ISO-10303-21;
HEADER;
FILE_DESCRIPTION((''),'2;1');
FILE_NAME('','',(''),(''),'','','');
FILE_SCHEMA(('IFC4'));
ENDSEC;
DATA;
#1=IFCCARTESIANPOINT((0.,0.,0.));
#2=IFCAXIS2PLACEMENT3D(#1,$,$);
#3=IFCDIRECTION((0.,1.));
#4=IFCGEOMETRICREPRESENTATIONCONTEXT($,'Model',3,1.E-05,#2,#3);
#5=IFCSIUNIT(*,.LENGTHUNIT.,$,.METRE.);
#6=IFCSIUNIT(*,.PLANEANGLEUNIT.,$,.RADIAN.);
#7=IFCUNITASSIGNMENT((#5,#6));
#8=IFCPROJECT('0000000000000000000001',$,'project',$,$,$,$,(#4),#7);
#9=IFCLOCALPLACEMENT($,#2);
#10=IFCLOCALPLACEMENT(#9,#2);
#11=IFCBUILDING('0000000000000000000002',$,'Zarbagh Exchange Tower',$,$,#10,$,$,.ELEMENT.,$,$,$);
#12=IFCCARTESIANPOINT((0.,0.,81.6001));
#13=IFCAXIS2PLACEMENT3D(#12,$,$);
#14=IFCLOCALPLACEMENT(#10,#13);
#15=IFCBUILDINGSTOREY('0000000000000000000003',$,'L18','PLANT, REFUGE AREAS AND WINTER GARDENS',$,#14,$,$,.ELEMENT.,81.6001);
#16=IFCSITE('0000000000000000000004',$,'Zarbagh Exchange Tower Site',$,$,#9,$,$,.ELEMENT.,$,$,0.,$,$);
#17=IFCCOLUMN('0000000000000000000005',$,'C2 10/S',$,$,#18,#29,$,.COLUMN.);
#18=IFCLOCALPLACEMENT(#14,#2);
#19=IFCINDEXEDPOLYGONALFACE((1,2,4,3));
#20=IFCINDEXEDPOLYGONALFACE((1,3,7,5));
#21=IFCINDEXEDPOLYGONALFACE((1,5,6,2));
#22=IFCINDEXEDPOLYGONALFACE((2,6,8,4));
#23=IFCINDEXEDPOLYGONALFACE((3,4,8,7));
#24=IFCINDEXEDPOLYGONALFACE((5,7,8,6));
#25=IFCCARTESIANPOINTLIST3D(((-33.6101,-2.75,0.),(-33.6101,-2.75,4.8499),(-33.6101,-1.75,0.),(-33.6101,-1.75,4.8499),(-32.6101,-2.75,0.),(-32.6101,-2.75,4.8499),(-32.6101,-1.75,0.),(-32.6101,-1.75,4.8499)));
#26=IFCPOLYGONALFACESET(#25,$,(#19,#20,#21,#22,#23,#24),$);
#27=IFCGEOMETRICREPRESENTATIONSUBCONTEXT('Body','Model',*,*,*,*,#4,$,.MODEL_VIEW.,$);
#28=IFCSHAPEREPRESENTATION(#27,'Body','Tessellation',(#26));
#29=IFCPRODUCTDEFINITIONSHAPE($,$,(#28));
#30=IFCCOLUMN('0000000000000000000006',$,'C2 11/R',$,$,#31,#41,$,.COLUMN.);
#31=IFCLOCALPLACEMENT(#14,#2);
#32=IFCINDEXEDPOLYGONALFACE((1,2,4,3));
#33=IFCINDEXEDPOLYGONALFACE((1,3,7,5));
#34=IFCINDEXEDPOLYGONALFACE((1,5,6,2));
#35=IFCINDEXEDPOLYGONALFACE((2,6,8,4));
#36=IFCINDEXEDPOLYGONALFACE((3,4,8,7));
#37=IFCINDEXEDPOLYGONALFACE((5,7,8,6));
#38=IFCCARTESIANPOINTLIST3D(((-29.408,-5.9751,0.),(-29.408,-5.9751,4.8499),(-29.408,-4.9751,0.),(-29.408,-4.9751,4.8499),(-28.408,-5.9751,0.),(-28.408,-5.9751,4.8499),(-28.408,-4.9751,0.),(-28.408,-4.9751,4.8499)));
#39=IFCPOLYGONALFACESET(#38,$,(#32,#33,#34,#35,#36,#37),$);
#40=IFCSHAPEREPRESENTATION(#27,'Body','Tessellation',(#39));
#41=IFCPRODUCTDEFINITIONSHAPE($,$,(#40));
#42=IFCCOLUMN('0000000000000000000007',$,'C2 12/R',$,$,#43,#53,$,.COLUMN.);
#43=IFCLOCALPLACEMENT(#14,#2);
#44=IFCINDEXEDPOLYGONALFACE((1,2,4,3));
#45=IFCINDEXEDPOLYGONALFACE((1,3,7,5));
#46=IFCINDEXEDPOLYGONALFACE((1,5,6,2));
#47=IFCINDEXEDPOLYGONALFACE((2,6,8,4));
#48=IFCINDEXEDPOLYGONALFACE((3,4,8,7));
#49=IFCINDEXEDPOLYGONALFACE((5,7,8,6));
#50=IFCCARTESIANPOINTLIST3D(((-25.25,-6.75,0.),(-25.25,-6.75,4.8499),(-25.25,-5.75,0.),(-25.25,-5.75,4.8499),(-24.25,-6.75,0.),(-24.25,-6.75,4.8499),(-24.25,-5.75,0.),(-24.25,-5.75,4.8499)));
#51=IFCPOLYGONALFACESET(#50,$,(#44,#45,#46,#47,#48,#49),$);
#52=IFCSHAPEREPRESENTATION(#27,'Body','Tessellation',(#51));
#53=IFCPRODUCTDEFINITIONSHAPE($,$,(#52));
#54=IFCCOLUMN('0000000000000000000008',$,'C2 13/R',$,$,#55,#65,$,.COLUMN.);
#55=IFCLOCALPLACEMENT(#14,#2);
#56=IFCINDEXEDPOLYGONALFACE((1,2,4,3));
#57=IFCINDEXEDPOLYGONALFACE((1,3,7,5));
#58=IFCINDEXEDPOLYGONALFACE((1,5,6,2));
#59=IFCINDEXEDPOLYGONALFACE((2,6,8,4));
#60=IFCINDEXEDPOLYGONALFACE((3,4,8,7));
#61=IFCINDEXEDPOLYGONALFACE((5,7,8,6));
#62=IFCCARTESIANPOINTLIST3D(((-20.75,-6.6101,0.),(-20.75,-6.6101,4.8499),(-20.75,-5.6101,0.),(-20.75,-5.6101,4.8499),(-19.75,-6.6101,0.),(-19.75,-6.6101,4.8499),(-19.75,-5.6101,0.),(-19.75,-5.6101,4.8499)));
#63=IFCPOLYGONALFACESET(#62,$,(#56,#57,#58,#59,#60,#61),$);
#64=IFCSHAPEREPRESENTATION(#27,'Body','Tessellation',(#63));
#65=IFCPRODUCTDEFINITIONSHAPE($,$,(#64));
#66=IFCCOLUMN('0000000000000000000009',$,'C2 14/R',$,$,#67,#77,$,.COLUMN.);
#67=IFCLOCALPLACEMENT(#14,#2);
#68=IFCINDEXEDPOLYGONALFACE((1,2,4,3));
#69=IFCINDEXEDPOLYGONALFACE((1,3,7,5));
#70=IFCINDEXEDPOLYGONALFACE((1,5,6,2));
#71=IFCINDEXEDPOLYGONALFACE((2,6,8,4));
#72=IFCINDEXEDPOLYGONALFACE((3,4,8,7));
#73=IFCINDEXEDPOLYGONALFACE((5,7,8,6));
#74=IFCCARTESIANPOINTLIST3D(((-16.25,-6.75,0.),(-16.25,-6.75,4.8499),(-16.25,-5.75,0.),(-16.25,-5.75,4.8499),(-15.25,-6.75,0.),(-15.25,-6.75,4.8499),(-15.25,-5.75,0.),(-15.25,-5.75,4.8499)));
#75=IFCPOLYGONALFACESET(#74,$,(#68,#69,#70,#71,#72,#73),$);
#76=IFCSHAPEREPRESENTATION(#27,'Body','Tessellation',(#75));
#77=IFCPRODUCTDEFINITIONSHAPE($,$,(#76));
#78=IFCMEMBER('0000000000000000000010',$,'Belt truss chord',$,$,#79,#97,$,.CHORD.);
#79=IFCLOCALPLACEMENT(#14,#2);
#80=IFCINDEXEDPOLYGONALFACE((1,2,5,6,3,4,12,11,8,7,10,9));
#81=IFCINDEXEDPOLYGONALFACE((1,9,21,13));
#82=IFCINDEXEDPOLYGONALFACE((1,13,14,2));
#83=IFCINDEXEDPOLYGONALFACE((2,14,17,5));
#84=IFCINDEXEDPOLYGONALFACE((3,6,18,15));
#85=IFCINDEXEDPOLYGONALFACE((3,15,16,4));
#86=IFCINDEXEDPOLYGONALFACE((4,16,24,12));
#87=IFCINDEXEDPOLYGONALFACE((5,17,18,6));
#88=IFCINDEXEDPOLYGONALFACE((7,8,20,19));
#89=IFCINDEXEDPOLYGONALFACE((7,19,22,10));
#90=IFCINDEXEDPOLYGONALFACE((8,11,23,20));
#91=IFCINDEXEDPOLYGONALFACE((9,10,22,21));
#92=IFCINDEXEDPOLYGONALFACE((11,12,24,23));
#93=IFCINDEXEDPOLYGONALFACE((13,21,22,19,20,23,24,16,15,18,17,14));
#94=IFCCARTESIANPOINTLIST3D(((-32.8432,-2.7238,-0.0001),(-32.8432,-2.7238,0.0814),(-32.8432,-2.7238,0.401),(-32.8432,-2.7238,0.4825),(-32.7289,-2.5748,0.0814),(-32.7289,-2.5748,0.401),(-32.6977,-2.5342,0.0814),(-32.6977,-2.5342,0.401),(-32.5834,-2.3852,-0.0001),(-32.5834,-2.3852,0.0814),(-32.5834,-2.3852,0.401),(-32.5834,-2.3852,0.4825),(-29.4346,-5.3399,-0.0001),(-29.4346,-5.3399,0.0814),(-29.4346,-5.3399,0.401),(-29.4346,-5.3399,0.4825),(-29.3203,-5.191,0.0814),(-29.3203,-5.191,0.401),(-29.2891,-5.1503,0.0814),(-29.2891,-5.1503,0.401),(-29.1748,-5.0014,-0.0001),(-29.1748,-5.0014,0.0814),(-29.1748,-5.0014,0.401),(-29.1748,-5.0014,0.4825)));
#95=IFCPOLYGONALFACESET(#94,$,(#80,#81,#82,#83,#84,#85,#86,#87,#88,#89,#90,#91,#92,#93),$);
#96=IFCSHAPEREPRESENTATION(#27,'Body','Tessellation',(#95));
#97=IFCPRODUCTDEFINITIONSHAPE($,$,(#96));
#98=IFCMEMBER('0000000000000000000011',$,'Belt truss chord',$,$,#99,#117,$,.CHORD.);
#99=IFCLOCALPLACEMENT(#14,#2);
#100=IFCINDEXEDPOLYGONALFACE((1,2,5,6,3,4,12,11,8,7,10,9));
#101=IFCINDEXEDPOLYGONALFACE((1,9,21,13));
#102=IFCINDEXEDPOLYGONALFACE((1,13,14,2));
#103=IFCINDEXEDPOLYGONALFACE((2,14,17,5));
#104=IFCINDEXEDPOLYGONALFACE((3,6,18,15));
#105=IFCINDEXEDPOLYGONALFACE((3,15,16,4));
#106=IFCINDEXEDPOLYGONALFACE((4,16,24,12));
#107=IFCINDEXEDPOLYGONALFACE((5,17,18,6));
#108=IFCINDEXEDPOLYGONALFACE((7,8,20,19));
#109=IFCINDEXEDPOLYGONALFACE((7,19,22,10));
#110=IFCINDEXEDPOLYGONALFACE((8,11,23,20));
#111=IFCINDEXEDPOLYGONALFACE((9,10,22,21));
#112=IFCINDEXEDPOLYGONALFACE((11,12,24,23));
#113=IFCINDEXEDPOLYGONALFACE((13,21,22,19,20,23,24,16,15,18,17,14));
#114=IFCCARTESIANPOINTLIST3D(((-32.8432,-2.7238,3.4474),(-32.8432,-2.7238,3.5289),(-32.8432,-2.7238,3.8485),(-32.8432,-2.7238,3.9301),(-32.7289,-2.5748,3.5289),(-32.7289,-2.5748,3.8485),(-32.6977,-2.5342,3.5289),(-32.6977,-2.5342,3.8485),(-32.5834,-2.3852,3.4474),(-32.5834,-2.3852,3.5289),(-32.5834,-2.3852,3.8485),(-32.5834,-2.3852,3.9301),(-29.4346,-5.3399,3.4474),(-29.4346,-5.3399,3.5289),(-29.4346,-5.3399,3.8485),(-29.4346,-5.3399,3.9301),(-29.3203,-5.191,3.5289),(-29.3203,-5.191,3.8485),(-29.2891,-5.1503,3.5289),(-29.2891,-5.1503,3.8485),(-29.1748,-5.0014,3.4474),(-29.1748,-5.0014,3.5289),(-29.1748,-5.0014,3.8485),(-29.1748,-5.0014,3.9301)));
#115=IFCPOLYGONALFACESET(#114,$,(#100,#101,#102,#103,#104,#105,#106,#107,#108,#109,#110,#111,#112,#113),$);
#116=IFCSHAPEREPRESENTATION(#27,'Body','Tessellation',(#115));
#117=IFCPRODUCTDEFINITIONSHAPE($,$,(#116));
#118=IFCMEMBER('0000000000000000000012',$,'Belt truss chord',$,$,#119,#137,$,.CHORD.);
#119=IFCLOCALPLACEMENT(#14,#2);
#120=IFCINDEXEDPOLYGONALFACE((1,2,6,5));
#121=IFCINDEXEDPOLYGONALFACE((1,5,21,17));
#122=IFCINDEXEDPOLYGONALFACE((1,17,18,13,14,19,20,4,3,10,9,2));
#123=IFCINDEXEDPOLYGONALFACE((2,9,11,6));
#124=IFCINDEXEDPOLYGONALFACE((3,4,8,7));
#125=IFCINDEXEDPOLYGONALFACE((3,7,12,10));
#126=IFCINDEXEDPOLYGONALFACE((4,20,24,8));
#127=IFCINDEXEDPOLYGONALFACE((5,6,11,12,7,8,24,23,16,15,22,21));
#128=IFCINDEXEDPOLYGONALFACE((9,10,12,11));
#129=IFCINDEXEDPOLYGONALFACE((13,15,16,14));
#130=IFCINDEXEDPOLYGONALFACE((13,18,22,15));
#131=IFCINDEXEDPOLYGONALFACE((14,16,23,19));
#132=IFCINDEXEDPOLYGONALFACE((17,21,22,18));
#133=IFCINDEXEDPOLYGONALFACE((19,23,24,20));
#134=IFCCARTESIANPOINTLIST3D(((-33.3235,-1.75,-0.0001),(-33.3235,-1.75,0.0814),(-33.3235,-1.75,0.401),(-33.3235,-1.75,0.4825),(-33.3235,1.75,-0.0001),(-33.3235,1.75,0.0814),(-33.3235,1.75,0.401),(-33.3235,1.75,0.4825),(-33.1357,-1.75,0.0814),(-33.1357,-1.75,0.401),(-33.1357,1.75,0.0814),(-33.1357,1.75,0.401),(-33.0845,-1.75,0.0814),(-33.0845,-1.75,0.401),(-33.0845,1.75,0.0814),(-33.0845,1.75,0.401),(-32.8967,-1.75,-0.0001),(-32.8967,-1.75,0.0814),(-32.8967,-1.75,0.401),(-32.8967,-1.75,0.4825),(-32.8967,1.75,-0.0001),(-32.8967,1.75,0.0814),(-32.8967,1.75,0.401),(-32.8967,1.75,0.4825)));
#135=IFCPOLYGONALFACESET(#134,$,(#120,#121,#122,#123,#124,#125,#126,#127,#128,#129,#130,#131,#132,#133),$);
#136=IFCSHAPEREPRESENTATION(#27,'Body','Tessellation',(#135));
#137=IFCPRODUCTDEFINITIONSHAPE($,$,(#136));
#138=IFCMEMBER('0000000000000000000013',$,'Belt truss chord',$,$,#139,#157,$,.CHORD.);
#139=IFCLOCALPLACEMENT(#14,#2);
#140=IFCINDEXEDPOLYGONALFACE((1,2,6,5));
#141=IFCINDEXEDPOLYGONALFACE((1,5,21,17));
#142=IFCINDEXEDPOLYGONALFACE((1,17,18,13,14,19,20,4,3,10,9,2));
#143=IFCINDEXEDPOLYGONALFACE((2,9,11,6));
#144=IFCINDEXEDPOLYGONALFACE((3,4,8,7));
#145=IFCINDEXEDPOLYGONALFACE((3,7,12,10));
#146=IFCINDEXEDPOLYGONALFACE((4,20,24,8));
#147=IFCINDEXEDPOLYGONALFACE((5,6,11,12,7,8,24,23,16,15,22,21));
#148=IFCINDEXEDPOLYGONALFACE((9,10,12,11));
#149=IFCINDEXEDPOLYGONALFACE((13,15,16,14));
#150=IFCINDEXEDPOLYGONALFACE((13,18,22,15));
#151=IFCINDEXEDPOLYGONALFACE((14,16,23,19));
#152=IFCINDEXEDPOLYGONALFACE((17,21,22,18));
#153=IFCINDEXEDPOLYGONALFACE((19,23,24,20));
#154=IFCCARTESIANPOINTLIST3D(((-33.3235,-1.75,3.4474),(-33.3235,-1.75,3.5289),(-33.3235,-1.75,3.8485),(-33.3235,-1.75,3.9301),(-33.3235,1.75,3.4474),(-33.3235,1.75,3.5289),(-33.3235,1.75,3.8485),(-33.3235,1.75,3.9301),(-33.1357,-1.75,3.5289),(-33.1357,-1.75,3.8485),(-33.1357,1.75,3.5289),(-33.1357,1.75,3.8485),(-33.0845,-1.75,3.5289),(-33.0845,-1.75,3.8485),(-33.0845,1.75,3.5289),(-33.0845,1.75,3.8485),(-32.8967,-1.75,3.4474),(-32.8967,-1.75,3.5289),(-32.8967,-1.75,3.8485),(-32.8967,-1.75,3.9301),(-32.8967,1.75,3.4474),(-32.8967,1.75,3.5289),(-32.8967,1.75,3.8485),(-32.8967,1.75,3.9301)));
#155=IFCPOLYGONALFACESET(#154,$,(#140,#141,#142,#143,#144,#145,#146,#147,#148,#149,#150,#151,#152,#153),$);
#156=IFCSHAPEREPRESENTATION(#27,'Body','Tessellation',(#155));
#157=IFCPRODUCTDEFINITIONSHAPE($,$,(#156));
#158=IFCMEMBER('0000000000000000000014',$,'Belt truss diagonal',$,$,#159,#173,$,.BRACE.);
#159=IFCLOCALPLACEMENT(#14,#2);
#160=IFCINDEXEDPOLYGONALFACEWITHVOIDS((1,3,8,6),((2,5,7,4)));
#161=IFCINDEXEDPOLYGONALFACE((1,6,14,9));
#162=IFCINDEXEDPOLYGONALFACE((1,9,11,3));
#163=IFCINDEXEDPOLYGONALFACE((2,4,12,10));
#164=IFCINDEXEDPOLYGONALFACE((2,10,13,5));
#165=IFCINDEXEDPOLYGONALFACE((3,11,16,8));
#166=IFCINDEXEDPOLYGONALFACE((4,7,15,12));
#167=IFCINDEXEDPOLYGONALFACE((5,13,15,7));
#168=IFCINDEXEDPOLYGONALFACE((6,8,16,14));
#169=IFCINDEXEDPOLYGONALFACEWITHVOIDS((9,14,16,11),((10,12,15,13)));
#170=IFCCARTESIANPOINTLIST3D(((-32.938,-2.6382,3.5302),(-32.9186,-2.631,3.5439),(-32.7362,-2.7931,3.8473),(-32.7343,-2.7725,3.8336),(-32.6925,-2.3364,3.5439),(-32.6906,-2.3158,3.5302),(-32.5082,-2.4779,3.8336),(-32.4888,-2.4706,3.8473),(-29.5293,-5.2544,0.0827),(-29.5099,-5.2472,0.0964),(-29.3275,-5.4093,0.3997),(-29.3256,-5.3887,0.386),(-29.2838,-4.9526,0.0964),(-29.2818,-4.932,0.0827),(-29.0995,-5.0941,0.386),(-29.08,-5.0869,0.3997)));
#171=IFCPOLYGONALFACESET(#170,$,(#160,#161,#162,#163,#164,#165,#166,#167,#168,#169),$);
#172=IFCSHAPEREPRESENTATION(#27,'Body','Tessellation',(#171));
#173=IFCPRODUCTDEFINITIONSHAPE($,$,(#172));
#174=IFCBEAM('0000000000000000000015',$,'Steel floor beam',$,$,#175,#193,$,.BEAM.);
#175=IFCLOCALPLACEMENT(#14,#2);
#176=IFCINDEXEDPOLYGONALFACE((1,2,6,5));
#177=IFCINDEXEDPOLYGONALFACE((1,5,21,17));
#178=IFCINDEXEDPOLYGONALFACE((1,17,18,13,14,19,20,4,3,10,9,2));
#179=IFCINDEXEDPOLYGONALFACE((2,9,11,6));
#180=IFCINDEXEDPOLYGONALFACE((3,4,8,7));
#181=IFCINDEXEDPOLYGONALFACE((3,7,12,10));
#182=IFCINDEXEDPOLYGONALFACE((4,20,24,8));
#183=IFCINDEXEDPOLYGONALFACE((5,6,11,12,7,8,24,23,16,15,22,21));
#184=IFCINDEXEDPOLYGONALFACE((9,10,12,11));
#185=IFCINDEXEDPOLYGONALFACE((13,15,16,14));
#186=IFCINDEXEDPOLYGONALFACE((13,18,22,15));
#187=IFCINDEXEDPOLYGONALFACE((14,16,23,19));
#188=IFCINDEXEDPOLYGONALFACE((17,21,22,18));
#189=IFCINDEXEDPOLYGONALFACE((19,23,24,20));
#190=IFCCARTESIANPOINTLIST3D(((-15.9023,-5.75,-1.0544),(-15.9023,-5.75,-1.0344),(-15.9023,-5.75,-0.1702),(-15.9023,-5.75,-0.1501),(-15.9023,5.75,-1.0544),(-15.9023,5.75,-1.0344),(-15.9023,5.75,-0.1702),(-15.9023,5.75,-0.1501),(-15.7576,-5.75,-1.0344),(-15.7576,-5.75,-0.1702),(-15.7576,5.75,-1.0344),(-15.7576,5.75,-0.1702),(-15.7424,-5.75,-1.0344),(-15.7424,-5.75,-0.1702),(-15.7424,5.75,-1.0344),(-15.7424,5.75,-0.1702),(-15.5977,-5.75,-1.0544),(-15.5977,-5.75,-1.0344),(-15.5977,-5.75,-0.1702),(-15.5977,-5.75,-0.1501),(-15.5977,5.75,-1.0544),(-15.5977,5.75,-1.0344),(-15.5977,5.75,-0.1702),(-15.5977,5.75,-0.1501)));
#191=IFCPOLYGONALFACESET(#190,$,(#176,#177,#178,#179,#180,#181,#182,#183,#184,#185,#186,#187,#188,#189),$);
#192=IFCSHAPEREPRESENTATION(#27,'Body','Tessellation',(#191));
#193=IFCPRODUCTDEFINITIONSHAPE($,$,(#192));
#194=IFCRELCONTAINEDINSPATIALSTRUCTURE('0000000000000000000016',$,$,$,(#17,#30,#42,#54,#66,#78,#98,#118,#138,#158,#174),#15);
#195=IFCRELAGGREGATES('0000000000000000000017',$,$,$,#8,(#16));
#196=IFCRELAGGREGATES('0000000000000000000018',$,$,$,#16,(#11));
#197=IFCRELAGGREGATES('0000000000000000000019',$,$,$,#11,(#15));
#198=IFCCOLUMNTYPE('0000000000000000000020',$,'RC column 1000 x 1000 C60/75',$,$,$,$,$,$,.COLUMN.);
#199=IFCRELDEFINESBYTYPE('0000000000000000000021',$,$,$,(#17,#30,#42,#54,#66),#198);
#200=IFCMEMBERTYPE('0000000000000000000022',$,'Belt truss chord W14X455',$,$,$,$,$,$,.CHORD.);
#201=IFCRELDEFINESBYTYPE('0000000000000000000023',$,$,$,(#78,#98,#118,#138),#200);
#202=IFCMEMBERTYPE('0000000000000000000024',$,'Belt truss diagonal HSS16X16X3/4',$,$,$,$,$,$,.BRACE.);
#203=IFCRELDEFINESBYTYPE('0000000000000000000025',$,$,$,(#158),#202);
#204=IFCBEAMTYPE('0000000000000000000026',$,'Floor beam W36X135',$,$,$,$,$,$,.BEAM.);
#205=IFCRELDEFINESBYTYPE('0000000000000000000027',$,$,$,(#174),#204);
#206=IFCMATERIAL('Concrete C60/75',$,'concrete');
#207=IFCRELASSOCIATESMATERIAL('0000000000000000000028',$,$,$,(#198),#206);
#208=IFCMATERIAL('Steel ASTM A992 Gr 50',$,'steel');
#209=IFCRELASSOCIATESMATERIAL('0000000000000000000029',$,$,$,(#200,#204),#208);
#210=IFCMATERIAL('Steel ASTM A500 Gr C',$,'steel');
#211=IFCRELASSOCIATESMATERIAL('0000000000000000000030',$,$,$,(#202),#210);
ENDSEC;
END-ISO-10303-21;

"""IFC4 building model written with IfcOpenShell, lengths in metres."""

from ifc_helpers import new_model, si_unit, direction, frame, origin, origin_2d, place, context, subcontext, project, spatial, rectangle, hollow_rectangle, i_section, extrude, material, material_profile, profile_set, type_object, element, save


model = new_model("IFC4")

# Units and contexts
model_context = context("Model", 3, precision=1e-05, world=origin(), true_north=direction((0.0, 1.0)))
body_context = subcontext(model_context, "Body", "Model", "MODEL_VIEW")
ifc_project = project(units=[si_unit("LENGTHUNIT", "METRE"), si_unit("PLANEANGLEUNIT", "RADIAN")], contexts=[model_context])

# Site, building, storey
site_placement = place(None, origin())
site = spatial("IfcSite", under=ifc_project, at=site_placement, Name="Zarbagh Exchange Tower Site", CompositionType="ELEMENT", RefElevation=0.0)
building_placement = place(site_placement, origin())
building = spatial("IfcBuilding", under=site, at=building_placement, Name="Zarbagh Exchange Tower", CompositionType="ELEMENT")
storey_placement = place(building_placement, frame((0.0, 0.0, 81.6001)))
storey = spatial("IfcBuildingStorey", under=building, at=storey_placement, Name="L18", Description="PLANT, REFUGE AREAS AND WINTER GARDENS", CompositionType="ELEMENT", Elevation=81.6001)

# Columns
ifc_material_1 = material(Name="Concrete C60/75", Category="concrete")
ifc_material_profile_1 = material_profile(ifc_material_1, rectangle(XDim=1.0, YDim=1.0, at=origin_2d()), Name="RC column 1000 x 1000 C60/75")
ifc_profile_set_1 = profile_set([ifc_material_profile_1], Name="Concrete C60/75")
column_type = type_object("IfcColumnType", Name="RC column 1000 x 1000 C60/75", PredefinedType="COLUMN", material=ifc_profile_set_1)
for number, where, z_axis, x_axis, name in (
    (1, (-33.1101, -2.25, 0.0), (0.0, 0.0, 1.0), (1.0, 0.0, 0.0), "C2 10/S"),
    (2, (-28.908, -5.4751, 0.0), (0.0, 0.0, 1.0), (1.0, 0.0, 0.0), "C2 11/R"),
    (3, (-24.75, -6.25, 0.0), (0.0, 0.0, 1.0), (1.0, 0.0, 0.0), "C2 12/R"),
    (4, (-20.25, -6.1101, 0.0), (0.0, 0.0, 1.0), (1.0, 0.0, 0.0), "C2 13/R"),
    (5, (-15.75, -6.25, 0.0), (0.0, 0.0, 1.0), (1.0, 0.0, 0.0), "C2 14/R"),
):
    element("IfcColumn", number, at=place(storey_placement, frame(where, z_axis=z_axis, x_axis=x_axis)), inside=storey, type_object=column_type, Name=name, PredefinedType="COLUMN", context=body_context, shape_type="SweptSolid", body=[
        extrude(rectangle(XDim=1.0, YDim=1.0, at=origin_2d()), origin(), (0.0, 0.0, 1.0), 4.8499),
    ])

# Members
ifc_material_2 = material(Name="Steel ASTM A992 Gr 50", Category="steel")
ifc_material_profile_2 = material_profile(ifc_material_2, i_section(OverallWidth=0.4268, OverallDepth=0.4827, WebThickness=0.0513, FlangeThickness=0.0815, at=origin_2d()), Name="W14X455")
ifc_profile_set_2 = profile_set([ifc_material_profile_2], Name="Steel ASTM A992 Gr 50")
member_type_1 = type_object("IfcMemberType", Name="Belt truss chord W14X455", PredefinedType="CHORD", material=ifc_profile_set_2)
for number, where, z_axis, x_axis, name in (
    (6, (-29.3047, -5.1707, 0.2412), (-0.793283, 0.608854, 0.0), (-0.608854, -0.793283, 0.0), "Belt truss chord"),
    (7, (-29.3047, -5.1707, 3.6887), (-0.793283, 0.608854, 0.0), (-0.608854, -0.793283, 0.0), "Belt truss chord"),
):
    element("IfcMember", number, at=place(storey_placement, frame(where, z_axis=z_axis, x_axis=x_axis)), inside=storey, type_object=member_type_1, Name=name, PredefinedType="CHORD", context=body_context, shape_type="SweptSolid", body=[
        extrude(i_section(OverallWidth=0.4268, OverallDepth=0.4827, WebThickness=0.0513, FlangeThickness=0.0815, at=origin_2d()), origin(), (0.0, 0.0, 1.0), 4.2969),
    ])
for number, where, z_axis, x_axis, name in (
    (8, (-33.1101, -1.75, 0.2412), (0.0, 1.0, 0.0), (-1.0, 0.0, 0.0), "Belt truss chord"),
    (9, (-33.1101, -1.75, 3.6887), (0.0, 1.0, 0.0), (-1.0, 0.0, 0.0), "Belt truss chord"),
):
    element("IfcMember", number, at=place(storey_placement, frame(where, z_axis=z_axis, x_axis=x_axis)), inside=storey, type_object=member_type_1, Name=name, PredefinedType="CHORD", context=body_context, shape_type="SweptSolid", body=[
        extrude(i_section(OverallWidth=0.4268, OverallDepth=0.4827, WebThickness=0.0513, FlangeThickness=0.0815, at=origin_2d()), origin(), (0.0, 0.0, 1.0), 3.5),
    ])
ifc_material_3 = material(Name="Steel ASTM A500 Gr C", Category="steel")
ifc_material_profile_3 = material_profile(ifc_material_3, hollow_rectangle(XDim=0.4065, YDim=0.4065, WallThickness=0.0176, at=origin_2d()), Name="HSS16X16X3/4")
ifc_profile_set_3 = profile_set([ifc_material_profile_3], Name="Steel ASTM A500 Gr C")
member_type_2 = type_object("IfcMemberType", Name="Belt truss diagonal HSS16X16X3/4", PredefinedType="BRACE", material=ifc_profile_set_3)
member_1_placement = place(storey_placement, frame((-29.3047, -5.1707, 0.2412), z_axis=(-0.61875, 0.474898, 0.625796), x_axis=(-0.608854, -0.793283, 0.0)))
element("IfcMember", 10, at=member_1_placement, inside=storey, type_object=member_type_2, Name="Belt truss diagonal", PredefinedType="BRACE", context=body_context, shape_type="SweptSolid", body=[
    extrude(hollow_rectangle(XDim=0.4065, YDim=0.4065, WallThickness=0.0176, at=origin_2d()), origin(), (0.0, 0.0, 1.0), 5.509),
])

# Beam
ifc_material_profile_4 = material_profile(ifc_material_2, i_section(OverallWidth=0.3047, OverallDepth=0.9043, WebThickness=0.0151, FlangeThickness=0.02, at=origin_2d()), Name="W36X135")
ifc_profile_set_4 = profile_set([ifc_material_profile_4], Name="Steel ASTM A992 Gr 50")
beam_type_1 = type_object("IfcBeamType", Name="Floor beam W36X135", PredefinedType="BEAM", material=ifc_profile_set_4)
beam_1_placement = place(storey_placement, frame((-15.75, -5.75, -0.6023), z_axis=(0.0, 1.0, 0.0), x_axis=(-1.0, 0.0, 0.0)))
element("IfcBeam", 11, at=beam_1_placement, inside=storey, type_object=beam_type_1, Name="Steel floor beam", PredefinedType="BEAM", context=body_context, shape_type="SweptSolid", body=[
    extrude(i_section(OverallWidth=0.3047, OverallDepth=0.9043, WebThickness=0.0151, FlangeThickness=0.02, at=origin_2d()), origin(), (0.0, 0.0, 1.0), 11.5),
])

save(model, "model.ifc")
